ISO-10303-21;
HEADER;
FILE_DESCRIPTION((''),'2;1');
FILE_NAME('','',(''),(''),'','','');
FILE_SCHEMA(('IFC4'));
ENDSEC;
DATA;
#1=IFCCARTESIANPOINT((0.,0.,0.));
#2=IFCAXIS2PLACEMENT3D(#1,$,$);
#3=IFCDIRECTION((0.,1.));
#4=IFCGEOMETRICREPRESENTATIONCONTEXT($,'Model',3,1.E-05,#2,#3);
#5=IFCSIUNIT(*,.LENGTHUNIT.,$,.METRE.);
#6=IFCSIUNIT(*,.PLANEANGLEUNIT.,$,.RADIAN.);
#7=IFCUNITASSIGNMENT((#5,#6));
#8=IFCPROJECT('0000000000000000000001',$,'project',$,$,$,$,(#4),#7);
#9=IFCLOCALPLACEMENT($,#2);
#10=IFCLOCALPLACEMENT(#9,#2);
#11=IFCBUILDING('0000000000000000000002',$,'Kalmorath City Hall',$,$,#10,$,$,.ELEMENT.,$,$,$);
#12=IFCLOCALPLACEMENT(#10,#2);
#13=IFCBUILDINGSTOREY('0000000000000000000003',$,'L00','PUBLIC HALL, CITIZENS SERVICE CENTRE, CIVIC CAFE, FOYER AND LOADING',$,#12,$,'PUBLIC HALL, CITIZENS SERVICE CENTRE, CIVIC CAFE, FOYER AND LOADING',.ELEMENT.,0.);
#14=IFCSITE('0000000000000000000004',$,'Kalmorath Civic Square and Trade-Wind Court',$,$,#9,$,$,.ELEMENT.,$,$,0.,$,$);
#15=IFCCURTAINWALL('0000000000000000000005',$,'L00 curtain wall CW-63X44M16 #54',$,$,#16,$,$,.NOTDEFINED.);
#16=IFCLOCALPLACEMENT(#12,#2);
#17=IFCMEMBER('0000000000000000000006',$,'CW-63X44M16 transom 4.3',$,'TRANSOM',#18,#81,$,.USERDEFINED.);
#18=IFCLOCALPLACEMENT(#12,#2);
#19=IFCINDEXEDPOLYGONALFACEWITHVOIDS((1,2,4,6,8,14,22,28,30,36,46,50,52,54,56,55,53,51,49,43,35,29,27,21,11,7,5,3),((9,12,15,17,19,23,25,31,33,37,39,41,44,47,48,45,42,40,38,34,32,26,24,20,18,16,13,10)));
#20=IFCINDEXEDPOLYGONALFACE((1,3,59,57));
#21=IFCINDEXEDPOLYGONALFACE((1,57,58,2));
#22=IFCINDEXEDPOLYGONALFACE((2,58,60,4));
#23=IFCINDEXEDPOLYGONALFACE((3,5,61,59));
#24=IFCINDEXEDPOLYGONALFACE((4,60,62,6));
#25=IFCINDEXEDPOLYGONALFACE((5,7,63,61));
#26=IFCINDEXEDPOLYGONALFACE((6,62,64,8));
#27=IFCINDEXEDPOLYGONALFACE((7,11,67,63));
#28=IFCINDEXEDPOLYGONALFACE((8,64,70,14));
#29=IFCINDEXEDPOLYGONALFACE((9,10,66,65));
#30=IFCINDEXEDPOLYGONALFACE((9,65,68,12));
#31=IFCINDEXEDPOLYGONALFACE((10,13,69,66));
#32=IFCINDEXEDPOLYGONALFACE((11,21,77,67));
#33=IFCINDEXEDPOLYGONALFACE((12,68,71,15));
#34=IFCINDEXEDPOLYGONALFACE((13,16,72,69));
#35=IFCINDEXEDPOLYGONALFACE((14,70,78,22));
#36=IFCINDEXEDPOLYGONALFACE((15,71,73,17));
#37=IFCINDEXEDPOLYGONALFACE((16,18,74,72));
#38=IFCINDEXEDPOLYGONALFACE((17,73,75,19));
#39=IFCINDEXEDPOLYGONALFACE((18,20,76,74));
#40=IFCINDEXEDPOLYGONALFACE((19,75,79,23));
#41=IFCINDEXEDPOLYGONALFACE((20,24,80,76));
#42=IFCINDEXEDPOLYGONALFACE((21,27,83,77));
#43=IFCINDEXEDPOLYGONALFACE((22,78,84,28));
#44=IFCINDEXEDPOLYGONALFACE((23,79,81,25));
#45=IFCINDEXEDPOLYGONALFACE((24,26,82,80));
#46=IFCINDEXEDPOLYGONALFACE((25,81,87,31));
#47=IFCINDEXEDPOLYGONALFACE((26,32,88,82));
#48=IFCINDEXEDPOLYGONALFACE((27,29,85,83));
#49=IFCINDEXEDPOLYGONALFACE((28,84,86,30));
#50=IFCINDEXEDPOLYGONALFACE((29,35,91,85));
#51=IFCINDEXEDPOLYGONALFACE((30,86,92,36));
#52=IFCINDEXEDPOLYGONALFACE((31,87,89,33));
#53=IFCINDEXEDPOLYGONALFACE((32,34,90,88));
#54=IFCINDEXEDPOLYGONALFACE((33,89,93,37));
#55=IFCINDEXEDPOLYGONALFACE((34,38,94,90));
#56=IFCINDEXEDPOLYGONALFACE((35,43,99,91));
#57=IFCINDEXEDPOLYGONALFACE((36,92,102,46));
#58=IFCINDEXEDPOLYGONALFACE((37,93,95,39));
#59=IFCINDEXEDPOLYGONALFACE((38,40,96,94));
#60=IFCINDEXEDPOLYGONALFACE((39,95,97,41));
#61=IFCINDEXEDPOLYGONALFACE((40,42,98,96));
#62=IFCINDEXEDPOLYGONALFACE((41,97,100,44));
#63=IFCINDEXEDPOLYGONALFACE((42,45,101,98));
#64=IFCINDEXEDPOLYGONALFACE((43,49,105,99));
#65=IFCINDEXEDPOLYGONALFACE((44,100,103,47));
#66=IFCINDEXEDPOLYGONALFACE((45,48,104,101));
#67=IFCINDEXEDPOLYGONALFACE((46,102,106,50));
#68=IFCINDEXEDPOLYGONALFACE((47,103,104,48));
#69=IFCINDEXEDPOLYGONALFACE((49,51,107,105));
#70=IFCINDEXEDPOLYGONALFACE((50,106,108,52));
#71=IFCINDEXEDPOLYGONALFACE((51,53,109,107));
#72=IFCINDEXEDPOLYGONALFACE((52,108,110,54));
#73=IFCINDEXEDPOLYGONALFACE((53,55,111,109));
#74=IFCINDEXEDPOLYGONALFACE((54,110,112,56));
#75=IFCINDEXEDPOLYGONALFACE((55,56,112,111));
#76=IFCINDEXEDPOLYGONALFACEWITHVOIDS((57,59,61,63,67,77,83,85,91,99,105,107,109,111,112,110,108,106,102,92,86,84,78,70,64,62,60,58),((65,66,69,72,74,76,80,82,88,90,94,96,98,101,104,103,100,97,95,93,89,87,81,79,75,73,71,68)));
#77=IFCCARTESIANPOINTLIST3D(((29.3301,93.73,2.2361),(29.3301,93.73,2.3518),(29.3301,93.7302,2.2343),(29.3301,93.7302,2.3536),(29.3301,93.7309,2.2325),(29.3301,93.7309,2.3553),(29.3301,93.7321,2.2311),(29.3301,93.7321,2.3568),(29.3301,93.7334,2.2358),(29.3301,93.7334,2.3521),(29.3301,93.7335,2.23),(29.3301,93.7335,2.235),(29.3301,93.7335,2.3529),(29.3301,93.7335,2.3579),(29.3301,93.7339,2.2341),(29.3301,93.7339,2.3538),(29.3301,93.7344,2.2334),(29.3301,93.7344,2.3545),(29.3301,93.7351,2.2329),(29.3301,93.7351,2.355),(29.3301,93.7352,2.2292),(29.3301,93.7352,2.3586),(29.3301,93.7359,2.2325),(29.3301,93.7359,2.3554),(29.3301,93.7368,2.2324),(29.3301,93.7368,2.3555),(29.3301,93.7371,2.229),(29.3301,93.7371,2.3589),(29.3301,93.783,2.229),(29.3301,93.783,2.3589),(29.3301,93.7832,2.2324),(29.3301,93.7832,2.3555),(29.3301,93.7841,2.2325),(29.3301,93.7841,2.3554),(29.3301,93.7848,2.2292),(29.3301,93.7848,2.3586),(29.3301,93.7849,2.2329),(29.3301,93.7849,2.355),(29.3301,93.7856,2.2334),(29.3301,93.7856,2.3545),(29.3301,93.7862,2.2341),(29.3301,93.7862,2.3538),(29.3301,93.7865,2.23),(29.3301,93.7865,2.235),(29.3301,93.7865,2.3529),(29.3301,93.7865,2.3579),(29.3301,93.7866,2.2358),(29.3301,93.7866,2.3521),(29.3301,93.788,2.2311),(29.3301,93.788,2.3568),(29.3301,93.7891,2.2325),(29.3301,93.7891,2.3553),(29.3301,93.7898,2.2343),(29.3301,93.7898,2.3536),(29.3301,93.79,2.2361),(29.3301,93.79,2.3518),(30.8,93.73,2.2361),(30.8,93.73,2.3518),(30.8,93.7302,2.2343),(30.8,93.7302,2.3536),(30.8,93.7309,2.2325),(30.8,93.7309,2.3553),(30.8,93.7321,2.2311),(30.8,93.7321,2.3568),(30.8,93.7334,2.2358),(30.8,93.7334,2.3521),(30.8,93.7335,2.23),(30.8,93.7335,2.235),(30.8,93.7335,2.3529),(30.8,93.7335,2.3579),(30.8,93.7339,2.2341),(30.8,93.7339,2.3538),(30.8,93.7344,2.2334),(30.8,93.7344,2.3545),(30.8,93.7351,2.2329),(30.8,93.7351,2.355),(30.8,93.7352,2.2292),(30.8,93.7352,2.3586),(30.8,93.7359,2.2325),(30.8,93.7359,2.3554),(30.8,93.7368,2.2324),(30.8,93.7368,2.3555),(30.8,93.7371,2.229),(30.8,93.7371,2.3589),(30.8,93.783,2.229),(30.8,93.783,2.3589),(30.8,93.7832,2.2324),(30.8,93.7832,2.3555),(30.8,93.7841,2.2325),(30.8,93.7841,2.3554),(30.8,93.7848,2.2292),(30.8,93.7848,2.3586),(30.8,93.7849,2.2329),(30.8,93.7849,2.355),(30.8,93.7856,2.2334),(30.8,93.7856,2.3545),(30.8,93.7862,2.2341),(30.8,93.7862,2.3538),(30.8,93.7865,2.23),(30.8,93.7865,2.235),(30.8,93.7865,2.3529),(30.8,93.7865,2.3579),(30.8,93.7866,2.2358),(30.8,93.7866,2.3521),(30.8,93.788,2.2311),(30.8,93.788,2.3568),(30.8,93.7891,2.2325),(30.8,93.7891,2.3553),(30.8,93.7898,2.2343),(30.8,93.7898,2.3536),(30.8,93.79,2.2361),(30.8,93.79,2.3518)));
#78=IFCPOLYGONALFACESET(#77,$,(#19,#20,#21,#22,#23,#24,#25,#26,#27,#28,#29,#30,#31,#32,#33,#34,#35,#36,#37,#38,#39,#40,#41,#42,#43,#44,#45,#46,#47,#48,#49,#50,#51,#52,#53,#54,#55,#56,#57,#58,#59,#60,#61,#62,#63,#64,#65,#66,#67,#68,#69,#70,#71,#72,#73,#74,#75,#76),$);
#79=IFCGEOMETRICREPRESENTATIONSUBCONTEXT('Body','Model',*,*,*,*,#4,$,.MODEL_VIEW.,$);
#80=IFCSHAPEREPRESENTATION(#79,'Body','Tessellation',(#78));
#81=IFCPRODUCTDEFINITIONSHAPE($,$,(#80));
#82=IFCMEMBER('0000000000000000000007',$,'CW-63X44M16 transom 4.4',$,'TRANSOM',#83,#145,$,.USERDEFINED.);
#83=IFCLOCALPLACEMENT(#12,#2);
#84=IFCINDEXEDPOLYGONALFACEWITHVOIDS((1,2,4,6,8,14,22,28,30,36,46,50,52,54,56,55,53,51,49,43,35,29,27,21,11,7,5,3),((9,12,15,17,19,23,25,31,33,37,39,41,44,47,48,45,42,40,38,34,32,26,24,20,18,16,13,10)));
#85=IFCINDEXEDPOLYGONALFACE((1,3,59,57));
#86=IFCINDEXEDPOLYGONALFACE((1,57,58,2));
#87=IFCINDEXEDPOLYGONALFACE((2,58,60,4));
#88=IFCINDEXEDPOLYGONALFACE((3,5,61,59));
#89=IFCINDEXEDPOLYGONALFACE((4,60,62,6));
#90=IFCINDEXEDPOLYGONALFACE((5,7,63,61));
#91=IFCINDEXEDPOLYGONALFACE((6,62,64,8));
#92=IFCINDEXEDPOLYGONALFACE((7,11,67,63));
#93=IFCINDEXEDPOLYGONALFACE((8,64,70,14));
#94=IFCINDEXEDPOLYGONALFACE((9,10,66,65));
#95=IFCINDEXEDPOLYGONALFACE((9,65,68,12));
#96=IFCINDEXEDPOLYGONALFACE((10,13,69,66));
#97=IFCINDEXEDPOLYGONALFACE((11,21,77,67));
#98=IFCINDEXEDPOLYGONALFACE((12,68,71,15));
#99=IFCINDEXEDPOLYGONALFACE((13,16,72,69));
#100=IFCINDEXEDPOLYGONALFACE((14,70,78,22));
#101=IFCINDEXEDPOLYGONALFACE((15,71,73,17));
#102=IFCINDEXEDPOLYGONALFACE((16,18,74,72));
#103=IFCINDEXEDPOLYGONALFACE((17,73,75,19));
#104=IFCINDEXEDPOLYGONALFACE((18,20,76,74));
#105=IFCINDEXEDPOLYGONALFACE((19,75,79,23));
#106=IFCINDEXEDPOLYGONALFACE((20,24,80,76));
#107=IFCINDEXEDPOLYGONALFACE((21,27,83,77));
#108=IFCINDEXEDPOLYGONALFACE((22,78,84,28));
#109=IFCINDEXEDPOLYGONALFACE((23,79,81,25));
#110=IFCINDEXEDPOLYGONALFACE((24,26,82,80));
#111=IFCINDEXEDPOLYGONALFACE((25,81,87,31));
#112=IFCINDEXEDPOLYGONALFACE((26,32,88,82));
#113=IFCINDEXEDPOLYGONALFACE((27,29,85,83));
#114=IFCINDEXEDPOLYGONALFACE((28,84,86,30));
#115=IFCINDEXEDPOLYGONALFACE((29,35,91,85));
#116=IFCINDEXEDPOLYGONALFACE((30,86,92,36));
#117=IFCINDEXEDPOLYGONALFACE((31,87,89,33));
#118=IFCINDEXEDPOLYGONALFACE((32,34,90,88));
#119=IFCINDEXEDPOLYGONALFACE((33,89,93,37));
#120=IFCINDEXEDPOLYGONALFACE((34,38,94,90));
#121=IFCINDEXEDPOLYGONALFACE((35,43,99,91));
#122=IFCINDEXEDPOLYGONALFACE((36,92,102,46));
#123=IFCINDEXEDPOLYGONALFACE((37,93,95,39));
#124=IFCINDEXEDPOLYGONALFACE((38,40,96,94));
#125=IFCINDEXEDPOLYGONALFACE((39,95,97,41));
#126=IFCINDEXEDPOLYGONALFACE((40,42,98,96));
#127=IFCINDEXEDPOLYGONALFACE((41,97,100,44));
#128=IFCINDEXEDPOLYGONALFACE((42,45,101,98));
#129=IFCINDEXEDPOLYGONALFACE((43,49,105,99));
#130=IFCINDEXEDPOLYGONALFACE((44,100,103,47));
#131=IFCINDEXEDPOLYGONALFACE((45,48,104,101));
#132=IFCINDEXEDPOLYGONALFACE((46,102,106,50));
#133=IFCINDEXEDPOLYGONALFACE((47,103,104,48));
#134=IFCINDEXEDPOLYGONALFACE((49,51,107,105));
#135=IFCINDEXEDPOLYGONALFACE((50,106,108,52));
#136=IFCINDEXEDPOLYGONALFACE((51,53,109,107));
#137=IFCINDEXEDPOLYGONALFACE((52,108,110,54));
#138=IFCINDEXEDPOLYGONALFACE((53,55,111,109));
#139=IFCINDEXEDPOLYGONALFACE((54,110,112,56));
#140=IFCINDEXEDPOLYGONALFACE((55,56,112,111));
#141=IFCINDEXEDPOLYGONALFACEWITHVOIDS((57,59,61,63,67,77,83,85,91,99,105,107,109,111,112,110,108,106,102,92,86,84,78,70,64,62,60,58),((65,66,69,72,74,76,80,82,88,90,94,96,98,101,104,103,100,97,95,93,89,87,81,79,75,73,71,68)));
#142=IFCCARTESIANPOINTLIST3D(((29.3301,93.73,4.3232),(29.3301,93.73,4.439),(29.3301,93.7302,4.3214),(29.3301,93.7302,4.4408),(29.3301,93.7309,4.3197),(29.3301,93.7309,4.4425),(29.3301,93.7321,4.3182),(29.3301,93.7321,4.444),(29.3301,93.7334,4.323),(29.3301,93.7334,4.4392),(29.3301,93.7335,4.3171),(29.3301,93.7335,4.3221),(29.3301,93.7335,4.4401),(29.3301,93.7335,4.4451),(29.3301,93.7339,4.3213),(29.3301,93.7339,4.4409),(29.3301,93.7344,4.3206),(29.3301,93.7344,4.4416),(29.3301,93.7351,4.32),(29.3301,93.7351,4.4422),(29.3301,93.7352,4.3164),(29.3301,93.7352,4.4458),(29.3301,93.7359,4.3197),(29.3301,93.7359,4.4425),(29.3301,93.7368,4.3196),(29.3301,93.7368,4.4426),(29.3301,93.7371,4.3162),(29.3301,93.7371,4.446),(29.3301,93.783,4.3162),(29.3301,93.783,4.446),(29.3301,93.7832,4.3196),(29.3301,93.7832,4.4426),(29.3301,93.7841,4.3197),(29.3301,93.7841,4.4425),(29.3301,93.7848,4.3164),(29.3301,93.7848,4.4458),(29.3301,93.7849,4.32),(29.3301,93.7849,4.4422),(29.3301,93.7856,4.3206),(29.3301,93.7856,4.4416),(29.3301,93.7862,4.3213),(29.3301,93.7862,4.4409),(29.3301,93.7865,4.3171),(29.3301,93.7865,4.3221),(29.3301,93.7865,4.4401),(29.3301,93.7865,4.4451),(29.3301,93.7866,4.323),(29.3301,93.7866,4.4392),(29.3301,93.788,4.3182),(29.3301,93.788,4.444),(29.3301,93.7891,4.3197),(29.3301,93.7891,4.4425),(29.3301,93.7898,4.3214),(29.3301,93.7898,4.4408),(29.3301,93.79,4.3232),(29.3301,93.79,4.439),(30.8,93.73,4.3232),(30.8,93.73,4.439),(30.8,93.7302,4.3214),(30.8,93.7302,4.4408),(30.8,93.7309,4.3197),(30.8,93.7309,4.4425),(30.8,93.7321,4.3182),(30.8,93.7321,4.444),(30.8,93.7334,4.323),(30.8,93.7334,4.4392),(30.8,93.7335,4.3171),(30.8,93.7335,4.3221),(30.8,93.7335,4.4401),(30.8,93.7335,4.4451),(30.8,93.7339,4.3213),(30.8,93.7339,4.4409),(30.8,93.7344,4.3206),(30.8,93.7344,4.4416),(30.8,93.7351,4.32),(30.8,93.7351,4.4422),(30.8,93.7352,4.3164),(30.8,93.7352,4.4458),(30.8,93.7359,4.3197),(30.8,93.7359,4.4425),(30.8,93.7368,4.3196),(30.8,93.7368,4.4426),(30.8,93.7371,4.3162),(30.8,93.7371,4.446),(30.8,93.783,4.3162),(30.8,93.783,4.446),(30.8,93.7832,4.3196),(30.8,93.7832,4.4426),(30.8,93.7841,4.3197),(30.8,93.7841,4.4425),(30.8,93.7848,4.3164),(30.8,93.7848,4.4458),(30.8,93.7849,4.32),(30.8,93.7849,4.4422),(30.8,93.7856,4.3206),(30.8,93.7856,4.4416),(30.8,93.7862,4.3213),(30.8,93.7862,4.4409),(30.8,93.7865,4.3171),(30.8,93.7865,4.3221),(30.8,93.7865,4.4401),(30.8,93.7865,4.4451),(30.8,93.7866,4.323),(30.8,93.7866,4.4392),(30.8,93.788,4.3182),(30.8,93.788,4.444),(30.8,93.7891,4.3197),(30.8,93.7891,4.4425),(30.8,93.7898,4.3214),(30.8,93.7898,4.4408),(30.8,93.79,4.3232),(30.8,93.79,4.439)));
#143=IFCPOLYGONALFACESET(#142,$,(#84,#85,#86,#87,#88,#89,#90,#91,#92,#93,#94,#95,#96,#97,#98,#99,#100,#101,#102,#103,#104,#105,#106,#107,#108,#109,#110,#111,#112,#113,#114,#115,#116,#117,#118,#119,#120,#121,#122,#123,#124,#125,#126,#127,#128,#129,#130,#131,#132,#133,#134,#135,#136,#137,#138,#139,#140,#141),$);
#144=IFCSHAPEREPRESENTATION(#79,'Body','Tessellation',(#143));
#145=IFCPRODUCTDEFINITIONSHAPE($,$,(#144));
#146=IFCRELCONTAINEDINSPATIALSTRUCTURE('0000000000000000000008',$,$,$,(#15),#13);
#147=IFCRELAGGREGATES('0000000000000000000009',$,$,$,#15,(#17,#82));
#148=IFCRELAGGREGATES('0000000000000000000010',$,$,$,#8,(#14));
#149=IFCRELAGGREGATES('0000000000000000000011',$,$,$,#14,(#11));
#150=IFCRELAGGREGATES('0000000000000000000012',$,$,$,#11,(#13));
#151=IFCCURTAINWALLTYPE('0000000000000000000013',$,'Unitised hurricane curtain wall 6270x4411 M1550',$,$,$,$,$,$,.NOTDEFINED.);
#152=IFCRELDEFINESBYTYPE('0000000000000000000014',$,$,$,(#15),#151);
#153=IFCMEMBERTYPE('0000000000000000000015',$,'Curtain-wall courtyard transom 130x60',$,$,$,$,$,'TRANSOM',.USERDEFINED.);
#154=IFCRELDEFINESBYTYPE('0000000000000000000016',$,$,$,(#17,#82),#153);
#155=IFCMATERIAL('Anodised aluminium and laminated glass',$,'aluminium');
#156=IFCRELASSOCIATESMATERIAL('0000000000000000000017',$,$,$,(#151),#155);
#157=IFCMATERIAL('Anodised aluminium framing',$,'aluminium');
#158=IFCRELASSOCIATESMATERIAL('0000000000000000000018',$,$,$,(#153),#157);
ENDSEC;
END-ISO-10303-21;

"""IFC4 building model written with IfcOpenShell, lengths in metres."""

from ifc_helpers import new_model, si_unit, direction, frame, origin, origin_2d, place, context, subcontext, project, spatial, hollow_rectangle, extrude, material, material_profile, profile_set, type_object, element, aggregate, save


model = new_model("IFC4")

# Units and contexts
model_context = context("Model", 3, precision=1e-05, world=origin(), true_north=direction((0.0, 1.0)))
body_context = subcontext(model_context, "Body", "Model", "MODEL_VIEW")
ifc_project = project(units=[si_unit("LENGTHUNIT", "METRE"), si_unit("PLANEANGLEUNIT", "RADIAN")], contexts=[model_context])

# Site, building, storey
site_placement = place(None, origin())
site = spatial("IfcSite", under=ifc_project, at=site_placement, Name="Kalmorath Civic Square and Trade-Wind Court", CompositionType="ELEMENT", RefElevation=0.0)
building_placement = place(site_placement, origin())
building = spatial("IfcBuilding", under=site, at=building_placement, Name="Kalmorath City Hall", CompositionType="ELEMENT")
storey_placement = place(building_placement, origin())
storey = spatial("IfcBuildingStorey", under=building, at=storey_placement, Name="L00", Description="PUBLIC HALL, CITIZENS SERVICE CENTRE, CIVIC CAFE, FOYER AND LOADING", LongName="PUBLIC HALL, CITIZENS SERVICE CENTRE, CIVIC CAFE, FOYER AND LOADING", CompositionType="ELEMENT", Elevation=0.0)

# Curtain wall
ifc_material_1 = material(Name="Anodised aluminium and laminated glass", Category="aluminium")
curtain_wall_type_1 = type_object("IfcCurtainWallType", Name="Unitised hurricane curtain wall 6270x4411 M1550", PredefinedType="NOTDEFINED", material=ifc_material_1)
curtain_wall_1_placement = place(storey_placement, origin())
curtain_wall_1 = element("IfcCurtainWall", 1, at=curtain_wall_1_placement, inside=storey, type_object=curtain_wall_type_1, Name="L00 curtain wall CW-63X44M16 #54", PredefinedType="NOTDEFINED")

# Members
ifc_material_2 = material(Name="Anodised aluminium framing", Category="aluminium")
ifc_material_profile_1 = material_profile(ifc_material_2, hollow_rectangle(XDim=0.0601, YDim=0.1299, WallThickness=0.0034, InnerFilletRadius=0.0034, OuterFilletRadius=0.0071, at=origin_2d()), Name="ALU-TRN-130X60X3.5")
ifc_profile_set_1 = profile_set([ifc_material_profile_1], Name="Anodised aluminium framing")
member_type_1 = type_object("IfcMemberType", Name="Curtain-wall courtyard transom 130x60", ElementType="TRANSOM", PredefinedType="USERDEFINED", material=ifc_profile_set_1)
member_1_placement = place(storey_placement, frame((30.8, 93.76, 2.2939), z_axis=(-1.0, 0.0, 0.0), x_axis=(0.0, -1.0, 0.0)))
member_1 = element("IfcMember", 2, at=member_1_placement, type_object=member_type_1, Name="CW-63X44M16 transom 4.3", ObjectType="TRANSOM", PredefinedType="USERDEFINED", context=body_context, shape_type="SweptSolid", body=[
    extrude(hollow_rectangle(XDim=0.0601, YDim=0.1299, WallThickness=0.0034, InnerFilletRadius=0.0034, OuterFilletRadius=0.0071, at=origin_2d()), origin(), (0.0, 0.0, 1.0), 1.47),
])
member_2_placement = place(storey_placement, frame((30.8, 93.76, 4.3811), z_axis=(-1.0, 0.0, 0.0), x_axis=(0.0, -1.0, 0.0)))
member_2 = element("IfcMember", 3, at=member_2_placement, type_object=member_type_1, Name="CW-63X44M16 transom 4.4", ObjectType="TRANSOM", PredefinedType="USERDEFINED", context=body_context, shape_type="SweptSolid", body=[
    extrude(hollow_rectangle(XDim=0.0601, YDim=0.1299, WallThickness=0.0034, InnerFilletRadius=0.0034, OuterFilletRadius=0.0071, at=origin_2d()), origin(), (0.0, 0.0, 1.0), 1.47),
])

aggregate(curtain_wall_1, [member_1, member_2])

save(model, "model.ifc")
